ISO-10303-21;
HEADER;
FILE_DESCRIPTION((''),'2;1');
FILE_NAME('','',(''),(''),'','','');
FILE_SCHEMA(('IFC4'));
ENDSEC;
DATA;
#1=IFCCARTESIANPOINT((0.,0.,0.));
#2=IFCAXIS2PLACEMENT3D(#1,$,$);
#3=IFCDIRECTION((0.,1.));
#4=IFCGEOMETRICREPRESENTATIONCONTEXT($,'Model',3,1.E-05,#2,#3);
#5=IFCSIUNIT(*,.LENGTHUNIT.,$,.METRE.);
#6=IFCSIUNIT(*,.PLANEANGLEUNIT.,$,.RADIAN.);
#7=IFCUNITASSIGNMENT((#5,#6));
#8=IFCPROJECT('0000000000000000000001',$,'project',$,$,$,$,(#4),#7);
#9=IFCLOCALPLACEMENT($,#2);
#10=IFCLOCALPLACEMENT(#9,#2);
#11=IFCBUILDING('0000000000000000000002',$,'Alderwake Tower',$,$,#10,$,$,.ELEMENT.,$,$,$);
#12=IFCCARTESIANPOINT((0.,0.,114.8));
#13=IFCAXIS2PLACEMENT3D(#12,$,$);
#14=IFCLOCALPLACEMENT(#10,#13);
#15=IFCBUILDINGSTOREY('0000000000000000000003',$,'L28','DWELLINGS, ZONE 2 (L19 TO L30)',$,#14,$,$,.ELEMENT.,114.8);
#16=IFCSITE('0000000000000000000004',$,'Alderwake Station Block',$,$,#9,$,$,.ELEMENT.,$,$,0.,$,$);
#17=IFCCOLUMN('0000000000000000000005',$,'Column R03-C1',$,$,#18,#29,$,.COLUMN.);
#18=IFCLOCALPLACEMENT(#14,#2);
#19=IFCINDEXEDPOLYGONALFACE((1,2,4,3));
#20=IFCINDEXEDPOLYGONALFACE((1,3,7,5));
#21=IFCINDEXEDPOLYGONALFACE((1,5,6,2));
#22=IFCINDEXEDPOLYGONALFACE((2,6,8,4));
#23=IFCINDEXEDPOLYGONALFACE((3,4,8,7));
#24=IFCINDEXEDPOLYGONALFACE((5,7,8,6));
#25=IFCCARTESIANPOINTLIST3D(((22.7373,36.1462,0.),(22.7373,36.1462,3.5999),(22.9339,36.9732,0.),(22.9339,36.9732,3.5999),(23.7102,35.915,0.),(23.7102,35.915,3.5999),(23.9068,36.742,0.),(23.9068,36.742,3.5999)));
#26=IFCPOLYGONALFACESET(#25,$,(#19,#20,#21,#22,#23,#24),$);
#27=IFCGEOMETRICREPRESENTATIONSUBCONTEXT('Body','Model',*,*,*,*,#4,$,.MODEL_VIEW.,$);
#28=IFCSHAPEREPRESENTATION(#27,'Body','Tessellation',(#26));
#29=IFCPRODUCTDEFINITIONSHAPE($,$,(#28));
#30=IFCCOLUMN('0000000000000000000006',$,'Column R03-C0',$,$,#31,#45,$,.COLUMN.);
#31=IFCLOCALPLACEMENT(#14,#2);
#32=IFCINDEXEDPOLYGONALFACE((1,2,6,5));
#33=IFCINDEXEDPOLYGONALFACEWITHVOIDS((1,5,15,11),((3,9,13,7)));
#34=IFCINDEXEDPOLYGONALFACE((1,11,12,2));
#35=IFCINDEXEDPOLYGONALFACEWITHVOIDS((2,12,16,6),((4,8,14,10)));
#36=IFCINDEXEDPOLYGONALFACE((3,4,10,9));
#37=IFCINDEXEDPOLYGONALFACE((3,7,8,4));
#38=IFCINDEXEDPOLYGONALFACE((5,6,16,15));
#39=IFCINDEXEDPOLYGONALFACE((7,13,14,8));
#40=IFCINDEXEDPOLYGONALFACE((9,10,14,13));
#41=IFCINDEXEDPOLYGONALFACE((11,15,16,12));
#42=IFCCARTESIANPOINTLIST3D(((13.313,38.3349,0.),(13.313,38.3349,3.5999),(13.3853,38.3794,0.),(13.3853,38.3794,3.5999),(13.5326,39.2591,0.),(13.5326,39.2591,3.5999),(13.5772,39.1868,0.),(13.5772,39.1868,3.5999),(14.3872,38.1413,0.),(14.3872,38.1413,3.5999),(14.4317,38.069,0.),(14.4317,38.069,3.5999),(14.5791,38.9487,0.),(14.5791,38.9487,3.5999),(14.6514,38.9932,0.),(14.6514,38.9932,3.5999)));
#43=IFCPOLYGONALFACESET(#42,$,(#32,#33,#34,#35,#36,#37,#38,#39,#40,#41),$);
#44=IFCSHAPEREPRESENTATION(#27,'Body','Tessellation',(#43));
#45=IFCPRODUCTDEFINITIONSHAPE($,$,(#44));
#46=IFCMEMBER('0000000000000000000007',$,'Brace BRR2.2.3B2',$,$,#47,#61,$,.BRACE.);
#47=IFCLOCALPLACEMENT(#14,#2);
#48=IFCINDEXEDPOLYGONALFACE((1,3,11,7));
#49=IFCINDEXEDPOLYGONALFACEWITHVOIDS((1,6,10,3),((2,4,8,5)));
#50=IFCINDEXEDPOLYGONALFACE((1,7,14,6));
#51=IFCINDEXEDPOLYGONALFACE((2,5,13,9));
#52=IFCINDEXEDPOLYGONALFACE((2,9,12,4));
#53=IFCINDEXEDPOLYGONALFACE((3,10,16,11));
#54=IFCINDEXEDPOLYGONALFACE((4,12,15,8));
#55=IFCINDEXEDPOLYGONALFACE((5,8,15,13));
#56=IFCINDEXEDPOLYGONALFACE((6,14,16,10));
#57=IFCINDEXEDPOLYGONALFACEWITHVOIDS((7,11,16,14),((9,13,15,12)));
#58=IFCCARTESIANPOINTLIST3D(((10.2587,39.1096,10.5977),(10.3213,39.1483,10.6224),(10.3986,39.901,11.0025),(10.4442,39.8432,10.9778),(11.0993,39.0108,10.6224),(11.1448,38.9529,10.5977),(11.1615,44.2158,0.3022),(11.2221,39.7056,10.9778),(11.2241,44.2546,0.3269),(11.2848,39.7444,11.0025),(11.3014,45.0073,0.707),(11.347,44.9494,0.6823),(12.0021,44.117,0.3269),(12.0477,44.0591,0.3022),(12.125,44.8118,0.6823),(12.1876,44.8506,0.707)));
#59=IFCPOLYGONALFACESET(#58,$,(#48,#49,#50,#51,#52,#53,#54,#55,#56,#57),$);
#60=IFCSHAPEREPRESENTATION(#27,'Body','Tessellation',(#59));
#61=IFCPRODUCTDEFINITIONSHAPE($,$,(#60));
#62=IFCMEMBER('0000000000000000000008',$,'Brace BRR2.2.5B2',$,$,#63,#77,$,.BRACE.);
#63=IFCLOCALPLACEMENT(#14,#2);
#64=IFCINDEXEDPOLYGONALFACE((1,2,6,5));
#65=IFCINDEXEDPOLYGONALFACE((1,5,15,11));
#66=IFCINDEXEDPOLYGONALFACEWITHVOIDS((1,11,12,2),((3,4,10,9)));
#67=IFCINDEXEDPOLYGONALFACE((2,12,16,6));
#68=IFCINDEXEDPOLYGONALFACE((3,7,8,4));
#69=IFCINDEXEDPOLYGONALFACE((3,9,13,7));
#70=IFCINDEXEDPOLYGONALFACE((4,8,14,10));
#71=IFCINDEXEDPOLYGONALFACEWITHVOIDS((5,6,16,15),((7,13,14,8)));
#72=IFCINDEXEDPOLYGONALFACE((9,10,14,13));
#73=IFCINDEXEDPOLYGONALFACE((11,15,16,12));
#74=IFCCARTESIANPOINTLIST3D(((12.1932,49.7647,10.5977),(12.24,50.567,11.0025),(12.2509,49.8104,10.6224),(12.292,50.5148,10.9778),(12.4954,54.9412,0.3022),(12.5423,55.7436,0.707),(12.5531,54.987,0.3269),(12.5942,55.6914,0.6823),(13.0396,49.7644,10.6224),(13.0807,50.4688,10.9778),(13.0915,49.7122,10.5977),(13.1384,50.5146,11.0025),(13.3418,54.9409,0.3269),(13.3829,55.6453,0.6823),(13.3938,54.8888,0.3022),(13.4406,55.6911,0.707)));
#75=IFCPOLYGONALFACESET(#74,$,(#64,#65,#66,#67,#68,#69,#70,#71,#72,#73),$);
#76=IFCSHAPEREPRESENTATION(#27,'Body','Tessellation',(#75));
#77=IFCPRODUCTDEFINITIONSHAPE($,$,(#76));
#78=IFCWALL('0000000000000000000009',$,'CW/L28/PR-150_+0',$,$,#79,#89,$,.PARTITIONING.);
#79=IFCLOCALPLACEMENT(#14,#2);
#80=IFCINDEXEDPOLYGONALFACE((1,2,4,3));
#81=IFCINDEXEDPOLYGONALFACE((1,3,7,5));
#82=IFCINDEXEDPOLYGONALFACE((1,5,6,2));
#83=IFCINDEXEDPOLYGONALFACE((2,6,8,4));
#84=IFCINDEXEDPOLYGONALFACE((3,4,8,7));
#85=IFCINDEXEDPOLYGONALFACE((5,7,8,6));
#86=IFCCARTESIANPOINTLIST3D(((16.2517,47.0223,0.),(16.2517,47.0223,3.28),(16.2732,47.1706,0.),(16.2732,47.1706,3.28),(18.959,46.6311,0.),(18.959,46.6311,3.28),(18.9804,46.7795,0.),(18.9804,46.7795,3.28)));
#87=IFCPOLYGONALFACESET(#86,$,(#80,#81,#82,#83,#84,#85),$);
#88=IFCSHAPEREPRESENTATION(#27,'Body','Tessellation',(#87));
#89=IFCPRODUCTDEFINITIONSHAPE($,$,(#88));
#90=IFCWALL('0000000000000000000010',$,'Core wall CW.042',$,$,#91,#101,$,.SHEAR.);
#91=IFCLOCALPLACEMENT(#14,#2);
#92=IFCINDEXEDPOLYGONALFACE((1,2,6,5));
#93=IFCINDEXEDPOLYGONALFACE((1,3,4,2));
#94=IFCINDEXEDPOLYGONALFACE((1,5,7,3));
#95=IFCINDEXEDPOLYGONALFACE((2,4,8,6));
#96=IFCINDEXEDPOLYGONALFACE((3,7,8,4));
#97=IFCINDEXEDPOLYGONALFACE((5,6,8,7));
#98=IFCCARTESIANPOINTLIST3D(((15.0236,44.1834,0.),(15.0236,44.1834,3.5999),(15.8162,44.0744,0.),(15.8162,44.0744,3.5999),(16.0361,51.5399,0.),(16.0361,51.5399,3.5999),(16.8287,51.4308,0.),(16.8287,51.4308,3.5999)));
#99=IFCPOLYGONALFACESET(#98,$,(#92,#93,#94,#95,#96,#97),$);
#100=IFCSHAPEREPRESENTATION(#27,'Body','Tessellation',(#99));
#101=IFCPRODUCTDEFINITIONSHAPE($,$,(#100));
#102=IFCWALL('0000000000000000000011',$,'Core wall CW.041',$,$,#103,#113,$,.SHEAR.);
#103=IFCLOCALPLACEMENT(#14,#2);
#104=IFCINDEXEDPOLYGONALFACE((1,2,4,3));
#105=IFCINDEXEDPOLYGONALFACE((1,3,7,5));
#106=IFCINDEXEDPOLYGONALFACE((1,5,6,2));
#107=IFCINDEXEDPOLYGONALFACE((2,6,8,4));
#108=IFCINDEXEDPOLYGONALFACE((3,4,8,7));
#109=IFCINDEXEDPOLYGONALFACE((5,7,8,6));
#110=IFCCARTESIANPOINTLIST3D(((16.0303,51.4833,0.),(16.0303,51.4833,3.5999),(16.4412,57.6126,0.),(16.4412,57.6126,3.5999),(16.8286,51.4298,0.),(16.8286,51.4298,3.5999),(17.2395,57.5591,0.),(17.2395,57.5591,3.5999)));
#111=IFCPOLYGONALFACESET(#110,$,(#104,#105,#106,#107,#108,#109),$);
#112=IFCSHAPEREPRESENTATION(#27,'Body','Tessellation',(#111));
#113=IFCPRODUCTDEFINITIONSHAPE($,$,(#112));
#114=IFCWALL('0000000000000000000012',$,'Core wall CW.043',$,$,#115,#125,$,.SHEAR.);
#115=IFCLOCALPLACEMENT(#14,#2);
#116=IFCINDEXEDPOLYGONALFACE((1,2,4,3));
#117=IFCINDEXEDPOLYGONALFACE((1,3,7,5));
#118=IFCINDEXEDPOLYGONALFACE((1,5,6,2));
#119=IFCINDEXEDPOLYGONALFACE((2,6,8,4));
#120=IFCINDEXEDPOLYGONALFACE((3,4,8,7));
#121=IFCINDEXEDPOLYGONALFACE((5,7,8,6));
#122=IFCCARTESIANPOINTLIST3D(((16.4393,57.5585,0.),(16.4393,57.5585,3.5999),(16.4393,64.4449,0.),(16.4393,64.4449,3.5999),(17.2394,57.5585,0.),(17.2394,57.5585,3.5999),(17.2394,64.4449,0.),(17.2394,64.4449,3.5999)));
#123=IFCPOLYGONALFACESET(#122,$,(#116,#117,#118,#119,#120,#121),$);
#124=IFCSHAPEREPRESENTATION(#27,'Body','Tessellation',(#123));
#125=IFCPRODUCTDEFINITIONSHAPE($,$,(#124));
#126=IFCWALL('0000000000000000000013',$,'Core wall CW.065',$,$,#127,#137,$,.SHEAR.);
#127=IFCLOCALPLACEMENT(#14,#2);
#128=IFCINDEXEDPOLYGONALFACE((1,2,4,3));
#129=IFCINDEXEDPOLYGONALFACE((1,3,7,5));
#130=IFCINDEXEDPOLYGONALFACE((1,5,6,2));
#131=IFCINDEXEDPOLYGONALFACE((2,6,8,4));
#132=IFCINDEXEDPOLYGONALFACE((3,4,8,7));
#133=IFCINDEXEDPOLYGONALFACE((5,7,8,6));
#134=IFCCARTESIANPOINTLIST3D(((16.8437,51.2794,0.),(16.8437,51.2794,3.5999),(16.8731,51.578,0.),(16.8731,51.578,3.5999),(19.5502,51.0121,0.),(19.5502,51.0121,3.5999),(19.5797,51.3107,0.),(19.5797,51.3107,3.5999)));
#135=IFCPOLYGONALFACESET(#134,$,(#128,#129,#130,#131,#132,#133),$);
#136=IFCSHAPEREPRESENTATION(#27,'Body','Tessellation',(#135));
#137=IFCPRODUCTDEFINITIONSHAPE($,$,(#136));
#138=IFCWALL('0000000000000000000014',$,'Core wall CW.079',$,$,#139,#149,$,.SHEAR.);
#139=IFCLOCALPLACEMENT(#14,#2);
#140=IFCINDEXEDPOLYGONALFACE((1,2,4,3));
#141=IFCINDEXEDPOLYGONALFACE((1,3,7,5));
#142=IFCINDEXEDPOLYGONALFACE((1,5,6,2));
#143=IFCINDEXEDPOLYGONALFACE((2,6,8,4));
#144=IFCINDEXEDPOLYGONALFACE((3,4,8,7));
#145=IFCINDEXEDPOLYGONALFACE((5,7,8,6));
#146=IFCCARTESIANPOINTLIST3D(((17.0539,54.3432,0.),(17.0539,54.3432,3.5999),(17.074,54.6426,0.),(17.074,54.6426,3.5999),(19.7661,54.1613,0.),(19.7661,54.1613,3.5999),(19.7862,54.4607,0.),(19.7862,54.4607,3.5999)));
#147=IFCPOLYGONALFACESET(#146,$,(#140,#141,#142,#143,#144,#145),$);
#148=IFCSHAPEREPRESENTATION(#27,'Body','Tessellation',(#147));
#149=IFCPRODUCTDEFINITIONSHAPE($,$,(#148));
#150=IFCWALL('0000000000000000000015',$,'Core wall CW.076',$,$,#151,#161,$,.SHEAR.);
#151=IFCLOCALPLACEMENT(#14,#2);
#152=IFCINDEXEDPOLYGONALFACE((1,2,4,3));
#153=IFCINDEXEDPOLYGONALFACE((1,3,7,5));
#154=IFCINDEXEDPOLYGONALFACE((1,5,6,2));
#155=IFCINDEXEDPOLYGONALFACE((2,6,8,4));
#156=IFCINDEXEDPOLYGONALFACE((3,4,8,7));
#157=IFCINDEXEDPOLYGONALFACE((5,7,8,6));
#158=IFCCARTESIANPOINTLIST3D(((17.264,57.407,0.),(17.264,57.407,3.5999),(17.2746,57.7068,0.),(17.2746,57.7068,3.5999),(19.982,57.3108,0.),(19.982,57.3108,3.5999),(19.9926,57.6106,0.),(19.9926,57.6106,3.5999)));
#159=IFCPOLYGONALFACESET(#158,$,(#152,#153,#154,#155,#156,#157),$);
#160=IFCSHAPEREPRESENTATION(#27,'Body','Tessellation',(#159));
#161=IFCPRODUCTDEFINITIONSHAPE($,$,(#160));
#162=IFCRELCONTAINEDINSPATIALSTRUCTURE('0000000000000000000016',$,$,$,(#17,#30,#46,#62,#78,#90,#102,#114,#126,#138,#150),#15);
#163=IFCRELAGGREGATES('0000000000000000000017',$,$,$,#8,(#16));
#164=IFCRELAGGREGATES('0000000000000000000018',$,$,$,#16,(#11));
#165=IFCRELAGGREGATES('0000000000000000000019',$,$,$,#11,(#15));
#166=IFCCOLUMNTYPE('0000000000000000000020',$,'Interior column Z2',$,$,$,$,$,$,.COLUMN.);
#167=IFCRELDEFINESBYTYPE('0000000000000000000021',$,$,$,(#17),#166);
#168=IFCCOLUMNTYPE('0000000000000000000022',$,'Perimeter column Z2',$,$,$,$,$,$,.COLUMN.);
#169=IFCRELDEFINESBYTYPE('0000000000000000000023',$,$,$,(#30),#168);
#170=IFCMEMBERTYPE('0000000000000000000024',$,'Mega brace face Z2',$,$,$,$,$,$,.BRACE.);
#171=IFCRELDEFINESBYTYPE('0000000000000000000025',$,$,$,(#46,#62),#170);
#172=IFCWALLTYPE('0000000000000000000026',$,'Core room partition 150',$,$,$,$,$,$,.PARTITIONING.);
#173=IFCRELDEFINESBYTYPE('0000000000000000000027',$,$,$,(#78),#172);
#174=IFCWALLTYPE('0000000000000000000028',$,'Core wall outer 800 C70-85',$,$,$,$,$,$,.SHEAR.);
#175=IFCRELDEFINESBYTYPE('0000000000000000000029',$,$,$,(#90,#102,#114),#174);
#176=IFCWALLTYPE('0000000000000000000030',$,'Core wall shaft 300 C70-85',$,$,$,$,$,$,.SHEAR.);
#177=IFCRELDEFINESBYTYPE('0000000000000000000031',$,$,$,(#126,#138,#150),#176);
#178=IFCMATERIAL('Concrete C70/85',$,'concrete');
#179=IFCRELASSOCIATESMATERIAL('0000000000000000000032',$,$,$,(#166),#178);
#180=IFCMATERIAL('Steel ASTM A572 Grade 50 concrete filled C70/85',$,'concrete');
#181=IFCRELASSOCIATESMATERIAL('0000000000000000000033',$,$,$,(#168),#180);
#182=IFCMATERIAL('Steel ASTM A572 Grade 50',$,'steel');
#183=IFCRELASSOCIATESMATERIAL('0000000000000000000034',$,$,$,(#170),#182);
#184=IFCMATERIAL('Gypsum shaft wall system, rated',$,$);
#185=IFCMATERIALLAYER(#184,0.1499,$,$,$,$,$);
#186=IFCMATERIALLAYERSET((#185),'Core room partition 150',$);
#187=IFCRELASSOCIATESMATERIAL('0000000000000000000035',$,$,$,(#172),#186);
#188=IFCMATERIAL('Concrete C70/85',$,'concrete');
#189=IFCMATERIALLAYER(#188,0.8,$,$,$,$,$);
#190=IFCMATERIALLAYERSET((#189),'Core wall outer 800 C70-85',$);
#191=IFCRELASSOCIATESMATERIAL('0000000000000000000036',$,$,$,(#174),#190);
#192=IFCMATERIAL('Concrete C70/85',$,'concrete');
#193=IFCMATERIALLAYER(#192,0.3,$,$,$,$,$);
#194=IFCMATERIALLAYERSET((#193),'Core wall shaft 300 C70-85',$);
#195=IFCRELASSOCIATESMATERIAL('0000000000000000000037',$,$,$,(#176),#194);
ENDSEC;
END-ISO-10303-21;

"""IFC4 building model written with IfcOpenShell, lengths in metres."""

from ifc_helpers import new_model, si_unit, direction, frame, frame_2d, origin, origin_2d, place, context, subcontext, project, spatial, rectangle, hollow_rectangle, extrude, material, layer, layer_set, material_profile, profile_set, type_object, element, save


model = new_model("IFC4")

# Units and contexts
model_context = context("Model", 3, precision=1e-05, world=origin(), true_north=direction((0.0, 1.0)))
body_context = subcontext(model_context, "Body", "Model", "MODEL_VIEW")
ifc_project = project(units=[si_unit("LENGTHUNIT", "METRE"), si_unit("PLANEANGLEUNIT", "RADIAN")], contexts=[model_context])

# Site, building, storey
site_placement = place(None, origin())
site = spatial("IfcSite", under=ifc_project, at=site_placement, Name="Alderwake Station Block", CompositionType="ELEMENT", RefElevation=0.0)
building_placement = place(site_placement, origin())
building = spatial("IfcBuilding", under=site, at=building_placement, Name="Alderwake Tower", CompositionType="ELEMENT")
storey_placement = place(building_placement, frame((0.0, 0.0, 114.8)))
storey = spatial("IfcBuildingStorey", under=building, at=storey_placement, Name="L28", Description="DWELLINGS, ZONE 2 (L19 TO L30)", CompositionType="ELEMENT", Elevation=114.8)

# Columns
ifc_material_1 = material(Name="Concrete C70/85", Category="concrete")
ifc_material_profile_1 = material_profile(ifc_material_1, rectangle(XDim=0.8501, YDim=1.0, at=origin_2d()), Name="RC 1000X850")
ifc_profile_set_1 = profile_set([ifc_material_profile_1], Name="Concrete C70/85")
column_type_1 = type_object("IfcColumnType", Name="Interior column Z2", PredefinedType="COLUMN", material=ifc_profile_set_1)
column_1_placement = place(storey_placement, frame((23.322, 36.4441, 0.0), z_axis=(0.0, 0.0, 1.0), x_axis=(0.231222, 0.972901, 0.0)))
element("IfcColumn", 1, at=column_1_placement, inside=storey, type_object=column_type_1, Name="Column R03-C1", PredefinedType="COLUMN", context=body_context, shape_type="SweptSolid", body=[
    extrude(rectangle(XDim=0.8501, YDim=1.0, at=origin_2d()), origin(), (0.0, 0.0, 1.0), 3.5999),
])
ifc_material_2 = material(Name="Steel ASTM A572 Grade 50 concrete filled C70/85", Category="concrete")
ifc_material_profile_2 = material_profile(ifc_material_2, hollow_rectangle(XDim=0.95, YDim=1.1499, WallThickness=0.0601, at=origin_2d()), Name="BOX 1150X950X60")
ifc_profile_set_2 = profile_set([ifc_material_profile_2], Name="Steel ASTM A572 Grade 50 concrete filled C70/85")
column_type_2 = type_object("IfcColumnType", Name="Perimeter column Z2", PredefinedType="COLUMN", material=ifc_profile_set_2)
column_2_placement = place(storey_placement, frame((13.9822, 38.6641, 0.0), z_axis=(0.0, 0.0, 1.0), x_axis=(0.231222, 0.972901, 0.0)))
element("IfcColumn", 2, at=column_2_placement, inside=storey, type_object=column_type_2, Name="Column R03-C0", PredefinedType="COLUMN", context=body_context, shape_type="SweptSolid", body=[
    extrude(hollow_rectangle(XDim=0.95, YDim=1.1499, WallThickness=0.0601, at=origin_2d()), origin(), (0.0, 0.0, 1.0), 3.5999),
])

# Members
ifc_material_3 = material(Name="Steel ASTM A572 Grade 50", Category="steel")
ifc_material_profile_3 = material_profile(ifc_material_3, hollow_rectangle(XDim=0.8999, YDim=0.8999, WallThickness=0.0549, at=origin_2d()), Name="BOX 900X900X55")
ifc_profile_set_3 = profile_set([ifc_material_profile_3], Name="Steel ASTM A572 Grade 50")
member_type = type_object("IfcMemberType", Name="Mega brace face Z2", PredefinedType="BRACE", material=ifc_profile_set_3)
for number, where, z_axis, x_axis, name in (
    (3, (11.6746, 44.5332, 0.5046), (-0.07832, -0.442957, 0.893115), (0.984726, -0.17411, 0.0), "Brace BRR2.2.3B2"),
    (4, (12.968, 55.3162, 0.5046), (-0.02622, -0.449058, 0.893118), (0.9983, -0.058289, 0.0), "Brace BRR2.2.5B2"),
):
    element("IfcMember", number, at=place(storey_placement, frame(where, z_axis=z_axis, x_axis=x_axis)), inside=storey, type_object=member_type, Name=name, PredefinedType="BRACE", context=body_context, shape_type="SweptSolid", body=[
        extrude(hollow_rectangle(XDim=0.8999, YDim=0.8999, WallThickness=0.0549, at=origin_2d()), origin(), (0.0, 0.0, 1.0), 11.5276),
    ])

# Walls
ifc_material_4 = material(Name="Gypsum shaft wall system, rated")
ifc_layer_1 = layer(ifc_material_4, 0.1499)
ifc_layer_set_1 = layer_set([ifc_layer_1], Name="Core room partition 150")
wall_type_1 = type_object("IfcWallType", Name="Core room partition 150", PredefinedType="PARTITIONING", material=ifc_layer_set_1)
wall_1_placement = place(storey_placement, frame((16.2625, 47.0964, 0.0), z_axis=(0.0, 0.0, 1.0), x_axis=(0.989725, -0.142983, 0.0)))
element("IfcWall", 5, at=wall_1_placement, inside=storey, type_object=wall_type_1, Name="CW/L28/PR-150_+0", PredefinedType="PARTITIONING", context=body_context, shape_type="SweptSolid", body=[
    extrude(rectangle(XDim=2.7354, YDim=0.1499, at=frame_2d((1.3677, 0.0))), origin(), (0.0, 0.0, 1.0), 3.28),
])
ifc_material_5 = material(Name="Concrete C70/85", Category="concrete")
ifc_layer_2 = layer(ifc_material_5, 0.8)
ifc_layer_set_2 = layer_set([ifc_layer_2], Name="Core wall outer 800 C70-85")
wall_type_2 = type_object("IfcWallType", Name="Core wall outer 800 C70-85", PredefinedType="SHEAR", material=ifc_layer_set_2)
wall_2_placement = place(storey_placement, frame((15.4199, 44.1289, 0.0), z_axis=(0.0, 0.0, 1.0), x_axis=(0.136343, 0.990662, 0.0)))
element("IfcWall", 6, at=wall_2_placement, inside=storey, type_object=wall_type_2, Name="Core wall CW.042", PredefinedType="SHEAR", context=body_context, shape_type="SweptSolid", body=[
    extrude(rectangle(XDim=7.4258, YDim=0.8, at=frame_2d((3.7129, 0.0))), origin(), (0.0, 0.0, 1.0), 3.5999),
])
wall_3_placement = place(storey_placement, frame((16.4294, 51.4565, 0.0), z_axis=(0.0, 0.0, 1.0), x_axis=(0.066886, 0.997761, 0.0)))
element("IfcWall", 7, at=wall_3_placement, inside=storey, type_object=wall_type_2, Name="Core wall CW.041", PredefinedType="SHEAR", context=body_context, shape_type="SweptSolid", body=[
    extrude(rectangle(XDim=6.1431, YDim=0.8, at=frame_2d((3.0715, 0.0))), origin(), (0.0, 0.0, 1.0), 3.5999),
])
wall_4_placement = place(storey_placement, frame((16.8394, 57.5583, 0.0), z_axis=(0.0, 0.0, 1.0), x_axis=(0.0, 1.0, 0.0)))
element("IfcWall", 8, at=wall_4_placement, inside=storey, type_object=wall_type_2, Name="Core wall CW.043", PredefinedType="SHEAR", context=body_context, shape_type="SweptSolid", body=[
    extrude(rectangle(XDim=6.8865, YDim=0.8, at=frame_2d((3.4434, 0.0))), origin(), (0.0, 0.0, 1.0), 3.5999),
])
ifc_material_6 = material(Name="Concrete C70/85", Category="concrete")
ifc_layer_3 = layer(ifc_material_6, 0.3)
ifc_layer_set_3 = layer_set([ifc_layer_3], Name="Core wall shaft 300 C70-85")
wall_type_3 = type_object("IfcWallType", Name="Core wall shaft 300 C70-85", PredefinedType="SHEAR", material=ifc_layer_set_3)
wall_5_placement = place(storey_placement, frame((16.8584, 51.4287, 0.0), z_axis=(0.0, 0.0, 1.0), x_axis=(0.995157, -0.098295, 0.0)))
element("IfcWall", 9, at=wall_5_placement, inside=storey, type_object=wall_type_3, Name="Core wall CW.065", PredefinedType="SHEAR", context=body_context, shape_type="SweptSolid", body=[
    extrude(rectangle(XDim=2.7197, YDim=0.3, at=frame_2d((1.3599, 0.0))), origin(), (0.0, 0.0, 1.0), 3.5999),
])
wall_6_placement = place(storey_placement, frame((17.064, 54.4929, 0.0), z_axis=(0.0, 0.0, 1.0), x_axis=(0.997759, -0.066912, 0.0)))
element("IfcWall", 10, at=wall_6_placement, inside=storey, type_object=wall_type_3, Name="Core wall CW.079", PredefinedType="SHEAR", context=body_context, shape_type="SweptSolid", body=[
    extrude(rectangle(XDim=2.7183, YDim=0.3, at=frame_2d((1.3591, 0.0))), origin(), (0.0, 0.0, 1.0), 3.5999),
])
wall_7_placement = place(storey_placement, frame((17.2693, 57.5569, 0.0), z_axis=(0.0, 0.0, 1.0), x_axis=(0.999374, -0.035368, 0.0)))
element("IfcWall", 11, at=wall_7_placement, inside=storey, type_object=wall_type_3, Name="Core wall CW.076", PredefinedType="SHEAR", context=body_context, shape_type="SweptSolid", body=[
    extrude(rectangle(XDim=2.7197, YDim=0.3, at=frame_2d((1.3599, 0.0))), origin(), (0.0, 0.0, 1.0), 3.5999),
])

save(model, "model.ifc")
